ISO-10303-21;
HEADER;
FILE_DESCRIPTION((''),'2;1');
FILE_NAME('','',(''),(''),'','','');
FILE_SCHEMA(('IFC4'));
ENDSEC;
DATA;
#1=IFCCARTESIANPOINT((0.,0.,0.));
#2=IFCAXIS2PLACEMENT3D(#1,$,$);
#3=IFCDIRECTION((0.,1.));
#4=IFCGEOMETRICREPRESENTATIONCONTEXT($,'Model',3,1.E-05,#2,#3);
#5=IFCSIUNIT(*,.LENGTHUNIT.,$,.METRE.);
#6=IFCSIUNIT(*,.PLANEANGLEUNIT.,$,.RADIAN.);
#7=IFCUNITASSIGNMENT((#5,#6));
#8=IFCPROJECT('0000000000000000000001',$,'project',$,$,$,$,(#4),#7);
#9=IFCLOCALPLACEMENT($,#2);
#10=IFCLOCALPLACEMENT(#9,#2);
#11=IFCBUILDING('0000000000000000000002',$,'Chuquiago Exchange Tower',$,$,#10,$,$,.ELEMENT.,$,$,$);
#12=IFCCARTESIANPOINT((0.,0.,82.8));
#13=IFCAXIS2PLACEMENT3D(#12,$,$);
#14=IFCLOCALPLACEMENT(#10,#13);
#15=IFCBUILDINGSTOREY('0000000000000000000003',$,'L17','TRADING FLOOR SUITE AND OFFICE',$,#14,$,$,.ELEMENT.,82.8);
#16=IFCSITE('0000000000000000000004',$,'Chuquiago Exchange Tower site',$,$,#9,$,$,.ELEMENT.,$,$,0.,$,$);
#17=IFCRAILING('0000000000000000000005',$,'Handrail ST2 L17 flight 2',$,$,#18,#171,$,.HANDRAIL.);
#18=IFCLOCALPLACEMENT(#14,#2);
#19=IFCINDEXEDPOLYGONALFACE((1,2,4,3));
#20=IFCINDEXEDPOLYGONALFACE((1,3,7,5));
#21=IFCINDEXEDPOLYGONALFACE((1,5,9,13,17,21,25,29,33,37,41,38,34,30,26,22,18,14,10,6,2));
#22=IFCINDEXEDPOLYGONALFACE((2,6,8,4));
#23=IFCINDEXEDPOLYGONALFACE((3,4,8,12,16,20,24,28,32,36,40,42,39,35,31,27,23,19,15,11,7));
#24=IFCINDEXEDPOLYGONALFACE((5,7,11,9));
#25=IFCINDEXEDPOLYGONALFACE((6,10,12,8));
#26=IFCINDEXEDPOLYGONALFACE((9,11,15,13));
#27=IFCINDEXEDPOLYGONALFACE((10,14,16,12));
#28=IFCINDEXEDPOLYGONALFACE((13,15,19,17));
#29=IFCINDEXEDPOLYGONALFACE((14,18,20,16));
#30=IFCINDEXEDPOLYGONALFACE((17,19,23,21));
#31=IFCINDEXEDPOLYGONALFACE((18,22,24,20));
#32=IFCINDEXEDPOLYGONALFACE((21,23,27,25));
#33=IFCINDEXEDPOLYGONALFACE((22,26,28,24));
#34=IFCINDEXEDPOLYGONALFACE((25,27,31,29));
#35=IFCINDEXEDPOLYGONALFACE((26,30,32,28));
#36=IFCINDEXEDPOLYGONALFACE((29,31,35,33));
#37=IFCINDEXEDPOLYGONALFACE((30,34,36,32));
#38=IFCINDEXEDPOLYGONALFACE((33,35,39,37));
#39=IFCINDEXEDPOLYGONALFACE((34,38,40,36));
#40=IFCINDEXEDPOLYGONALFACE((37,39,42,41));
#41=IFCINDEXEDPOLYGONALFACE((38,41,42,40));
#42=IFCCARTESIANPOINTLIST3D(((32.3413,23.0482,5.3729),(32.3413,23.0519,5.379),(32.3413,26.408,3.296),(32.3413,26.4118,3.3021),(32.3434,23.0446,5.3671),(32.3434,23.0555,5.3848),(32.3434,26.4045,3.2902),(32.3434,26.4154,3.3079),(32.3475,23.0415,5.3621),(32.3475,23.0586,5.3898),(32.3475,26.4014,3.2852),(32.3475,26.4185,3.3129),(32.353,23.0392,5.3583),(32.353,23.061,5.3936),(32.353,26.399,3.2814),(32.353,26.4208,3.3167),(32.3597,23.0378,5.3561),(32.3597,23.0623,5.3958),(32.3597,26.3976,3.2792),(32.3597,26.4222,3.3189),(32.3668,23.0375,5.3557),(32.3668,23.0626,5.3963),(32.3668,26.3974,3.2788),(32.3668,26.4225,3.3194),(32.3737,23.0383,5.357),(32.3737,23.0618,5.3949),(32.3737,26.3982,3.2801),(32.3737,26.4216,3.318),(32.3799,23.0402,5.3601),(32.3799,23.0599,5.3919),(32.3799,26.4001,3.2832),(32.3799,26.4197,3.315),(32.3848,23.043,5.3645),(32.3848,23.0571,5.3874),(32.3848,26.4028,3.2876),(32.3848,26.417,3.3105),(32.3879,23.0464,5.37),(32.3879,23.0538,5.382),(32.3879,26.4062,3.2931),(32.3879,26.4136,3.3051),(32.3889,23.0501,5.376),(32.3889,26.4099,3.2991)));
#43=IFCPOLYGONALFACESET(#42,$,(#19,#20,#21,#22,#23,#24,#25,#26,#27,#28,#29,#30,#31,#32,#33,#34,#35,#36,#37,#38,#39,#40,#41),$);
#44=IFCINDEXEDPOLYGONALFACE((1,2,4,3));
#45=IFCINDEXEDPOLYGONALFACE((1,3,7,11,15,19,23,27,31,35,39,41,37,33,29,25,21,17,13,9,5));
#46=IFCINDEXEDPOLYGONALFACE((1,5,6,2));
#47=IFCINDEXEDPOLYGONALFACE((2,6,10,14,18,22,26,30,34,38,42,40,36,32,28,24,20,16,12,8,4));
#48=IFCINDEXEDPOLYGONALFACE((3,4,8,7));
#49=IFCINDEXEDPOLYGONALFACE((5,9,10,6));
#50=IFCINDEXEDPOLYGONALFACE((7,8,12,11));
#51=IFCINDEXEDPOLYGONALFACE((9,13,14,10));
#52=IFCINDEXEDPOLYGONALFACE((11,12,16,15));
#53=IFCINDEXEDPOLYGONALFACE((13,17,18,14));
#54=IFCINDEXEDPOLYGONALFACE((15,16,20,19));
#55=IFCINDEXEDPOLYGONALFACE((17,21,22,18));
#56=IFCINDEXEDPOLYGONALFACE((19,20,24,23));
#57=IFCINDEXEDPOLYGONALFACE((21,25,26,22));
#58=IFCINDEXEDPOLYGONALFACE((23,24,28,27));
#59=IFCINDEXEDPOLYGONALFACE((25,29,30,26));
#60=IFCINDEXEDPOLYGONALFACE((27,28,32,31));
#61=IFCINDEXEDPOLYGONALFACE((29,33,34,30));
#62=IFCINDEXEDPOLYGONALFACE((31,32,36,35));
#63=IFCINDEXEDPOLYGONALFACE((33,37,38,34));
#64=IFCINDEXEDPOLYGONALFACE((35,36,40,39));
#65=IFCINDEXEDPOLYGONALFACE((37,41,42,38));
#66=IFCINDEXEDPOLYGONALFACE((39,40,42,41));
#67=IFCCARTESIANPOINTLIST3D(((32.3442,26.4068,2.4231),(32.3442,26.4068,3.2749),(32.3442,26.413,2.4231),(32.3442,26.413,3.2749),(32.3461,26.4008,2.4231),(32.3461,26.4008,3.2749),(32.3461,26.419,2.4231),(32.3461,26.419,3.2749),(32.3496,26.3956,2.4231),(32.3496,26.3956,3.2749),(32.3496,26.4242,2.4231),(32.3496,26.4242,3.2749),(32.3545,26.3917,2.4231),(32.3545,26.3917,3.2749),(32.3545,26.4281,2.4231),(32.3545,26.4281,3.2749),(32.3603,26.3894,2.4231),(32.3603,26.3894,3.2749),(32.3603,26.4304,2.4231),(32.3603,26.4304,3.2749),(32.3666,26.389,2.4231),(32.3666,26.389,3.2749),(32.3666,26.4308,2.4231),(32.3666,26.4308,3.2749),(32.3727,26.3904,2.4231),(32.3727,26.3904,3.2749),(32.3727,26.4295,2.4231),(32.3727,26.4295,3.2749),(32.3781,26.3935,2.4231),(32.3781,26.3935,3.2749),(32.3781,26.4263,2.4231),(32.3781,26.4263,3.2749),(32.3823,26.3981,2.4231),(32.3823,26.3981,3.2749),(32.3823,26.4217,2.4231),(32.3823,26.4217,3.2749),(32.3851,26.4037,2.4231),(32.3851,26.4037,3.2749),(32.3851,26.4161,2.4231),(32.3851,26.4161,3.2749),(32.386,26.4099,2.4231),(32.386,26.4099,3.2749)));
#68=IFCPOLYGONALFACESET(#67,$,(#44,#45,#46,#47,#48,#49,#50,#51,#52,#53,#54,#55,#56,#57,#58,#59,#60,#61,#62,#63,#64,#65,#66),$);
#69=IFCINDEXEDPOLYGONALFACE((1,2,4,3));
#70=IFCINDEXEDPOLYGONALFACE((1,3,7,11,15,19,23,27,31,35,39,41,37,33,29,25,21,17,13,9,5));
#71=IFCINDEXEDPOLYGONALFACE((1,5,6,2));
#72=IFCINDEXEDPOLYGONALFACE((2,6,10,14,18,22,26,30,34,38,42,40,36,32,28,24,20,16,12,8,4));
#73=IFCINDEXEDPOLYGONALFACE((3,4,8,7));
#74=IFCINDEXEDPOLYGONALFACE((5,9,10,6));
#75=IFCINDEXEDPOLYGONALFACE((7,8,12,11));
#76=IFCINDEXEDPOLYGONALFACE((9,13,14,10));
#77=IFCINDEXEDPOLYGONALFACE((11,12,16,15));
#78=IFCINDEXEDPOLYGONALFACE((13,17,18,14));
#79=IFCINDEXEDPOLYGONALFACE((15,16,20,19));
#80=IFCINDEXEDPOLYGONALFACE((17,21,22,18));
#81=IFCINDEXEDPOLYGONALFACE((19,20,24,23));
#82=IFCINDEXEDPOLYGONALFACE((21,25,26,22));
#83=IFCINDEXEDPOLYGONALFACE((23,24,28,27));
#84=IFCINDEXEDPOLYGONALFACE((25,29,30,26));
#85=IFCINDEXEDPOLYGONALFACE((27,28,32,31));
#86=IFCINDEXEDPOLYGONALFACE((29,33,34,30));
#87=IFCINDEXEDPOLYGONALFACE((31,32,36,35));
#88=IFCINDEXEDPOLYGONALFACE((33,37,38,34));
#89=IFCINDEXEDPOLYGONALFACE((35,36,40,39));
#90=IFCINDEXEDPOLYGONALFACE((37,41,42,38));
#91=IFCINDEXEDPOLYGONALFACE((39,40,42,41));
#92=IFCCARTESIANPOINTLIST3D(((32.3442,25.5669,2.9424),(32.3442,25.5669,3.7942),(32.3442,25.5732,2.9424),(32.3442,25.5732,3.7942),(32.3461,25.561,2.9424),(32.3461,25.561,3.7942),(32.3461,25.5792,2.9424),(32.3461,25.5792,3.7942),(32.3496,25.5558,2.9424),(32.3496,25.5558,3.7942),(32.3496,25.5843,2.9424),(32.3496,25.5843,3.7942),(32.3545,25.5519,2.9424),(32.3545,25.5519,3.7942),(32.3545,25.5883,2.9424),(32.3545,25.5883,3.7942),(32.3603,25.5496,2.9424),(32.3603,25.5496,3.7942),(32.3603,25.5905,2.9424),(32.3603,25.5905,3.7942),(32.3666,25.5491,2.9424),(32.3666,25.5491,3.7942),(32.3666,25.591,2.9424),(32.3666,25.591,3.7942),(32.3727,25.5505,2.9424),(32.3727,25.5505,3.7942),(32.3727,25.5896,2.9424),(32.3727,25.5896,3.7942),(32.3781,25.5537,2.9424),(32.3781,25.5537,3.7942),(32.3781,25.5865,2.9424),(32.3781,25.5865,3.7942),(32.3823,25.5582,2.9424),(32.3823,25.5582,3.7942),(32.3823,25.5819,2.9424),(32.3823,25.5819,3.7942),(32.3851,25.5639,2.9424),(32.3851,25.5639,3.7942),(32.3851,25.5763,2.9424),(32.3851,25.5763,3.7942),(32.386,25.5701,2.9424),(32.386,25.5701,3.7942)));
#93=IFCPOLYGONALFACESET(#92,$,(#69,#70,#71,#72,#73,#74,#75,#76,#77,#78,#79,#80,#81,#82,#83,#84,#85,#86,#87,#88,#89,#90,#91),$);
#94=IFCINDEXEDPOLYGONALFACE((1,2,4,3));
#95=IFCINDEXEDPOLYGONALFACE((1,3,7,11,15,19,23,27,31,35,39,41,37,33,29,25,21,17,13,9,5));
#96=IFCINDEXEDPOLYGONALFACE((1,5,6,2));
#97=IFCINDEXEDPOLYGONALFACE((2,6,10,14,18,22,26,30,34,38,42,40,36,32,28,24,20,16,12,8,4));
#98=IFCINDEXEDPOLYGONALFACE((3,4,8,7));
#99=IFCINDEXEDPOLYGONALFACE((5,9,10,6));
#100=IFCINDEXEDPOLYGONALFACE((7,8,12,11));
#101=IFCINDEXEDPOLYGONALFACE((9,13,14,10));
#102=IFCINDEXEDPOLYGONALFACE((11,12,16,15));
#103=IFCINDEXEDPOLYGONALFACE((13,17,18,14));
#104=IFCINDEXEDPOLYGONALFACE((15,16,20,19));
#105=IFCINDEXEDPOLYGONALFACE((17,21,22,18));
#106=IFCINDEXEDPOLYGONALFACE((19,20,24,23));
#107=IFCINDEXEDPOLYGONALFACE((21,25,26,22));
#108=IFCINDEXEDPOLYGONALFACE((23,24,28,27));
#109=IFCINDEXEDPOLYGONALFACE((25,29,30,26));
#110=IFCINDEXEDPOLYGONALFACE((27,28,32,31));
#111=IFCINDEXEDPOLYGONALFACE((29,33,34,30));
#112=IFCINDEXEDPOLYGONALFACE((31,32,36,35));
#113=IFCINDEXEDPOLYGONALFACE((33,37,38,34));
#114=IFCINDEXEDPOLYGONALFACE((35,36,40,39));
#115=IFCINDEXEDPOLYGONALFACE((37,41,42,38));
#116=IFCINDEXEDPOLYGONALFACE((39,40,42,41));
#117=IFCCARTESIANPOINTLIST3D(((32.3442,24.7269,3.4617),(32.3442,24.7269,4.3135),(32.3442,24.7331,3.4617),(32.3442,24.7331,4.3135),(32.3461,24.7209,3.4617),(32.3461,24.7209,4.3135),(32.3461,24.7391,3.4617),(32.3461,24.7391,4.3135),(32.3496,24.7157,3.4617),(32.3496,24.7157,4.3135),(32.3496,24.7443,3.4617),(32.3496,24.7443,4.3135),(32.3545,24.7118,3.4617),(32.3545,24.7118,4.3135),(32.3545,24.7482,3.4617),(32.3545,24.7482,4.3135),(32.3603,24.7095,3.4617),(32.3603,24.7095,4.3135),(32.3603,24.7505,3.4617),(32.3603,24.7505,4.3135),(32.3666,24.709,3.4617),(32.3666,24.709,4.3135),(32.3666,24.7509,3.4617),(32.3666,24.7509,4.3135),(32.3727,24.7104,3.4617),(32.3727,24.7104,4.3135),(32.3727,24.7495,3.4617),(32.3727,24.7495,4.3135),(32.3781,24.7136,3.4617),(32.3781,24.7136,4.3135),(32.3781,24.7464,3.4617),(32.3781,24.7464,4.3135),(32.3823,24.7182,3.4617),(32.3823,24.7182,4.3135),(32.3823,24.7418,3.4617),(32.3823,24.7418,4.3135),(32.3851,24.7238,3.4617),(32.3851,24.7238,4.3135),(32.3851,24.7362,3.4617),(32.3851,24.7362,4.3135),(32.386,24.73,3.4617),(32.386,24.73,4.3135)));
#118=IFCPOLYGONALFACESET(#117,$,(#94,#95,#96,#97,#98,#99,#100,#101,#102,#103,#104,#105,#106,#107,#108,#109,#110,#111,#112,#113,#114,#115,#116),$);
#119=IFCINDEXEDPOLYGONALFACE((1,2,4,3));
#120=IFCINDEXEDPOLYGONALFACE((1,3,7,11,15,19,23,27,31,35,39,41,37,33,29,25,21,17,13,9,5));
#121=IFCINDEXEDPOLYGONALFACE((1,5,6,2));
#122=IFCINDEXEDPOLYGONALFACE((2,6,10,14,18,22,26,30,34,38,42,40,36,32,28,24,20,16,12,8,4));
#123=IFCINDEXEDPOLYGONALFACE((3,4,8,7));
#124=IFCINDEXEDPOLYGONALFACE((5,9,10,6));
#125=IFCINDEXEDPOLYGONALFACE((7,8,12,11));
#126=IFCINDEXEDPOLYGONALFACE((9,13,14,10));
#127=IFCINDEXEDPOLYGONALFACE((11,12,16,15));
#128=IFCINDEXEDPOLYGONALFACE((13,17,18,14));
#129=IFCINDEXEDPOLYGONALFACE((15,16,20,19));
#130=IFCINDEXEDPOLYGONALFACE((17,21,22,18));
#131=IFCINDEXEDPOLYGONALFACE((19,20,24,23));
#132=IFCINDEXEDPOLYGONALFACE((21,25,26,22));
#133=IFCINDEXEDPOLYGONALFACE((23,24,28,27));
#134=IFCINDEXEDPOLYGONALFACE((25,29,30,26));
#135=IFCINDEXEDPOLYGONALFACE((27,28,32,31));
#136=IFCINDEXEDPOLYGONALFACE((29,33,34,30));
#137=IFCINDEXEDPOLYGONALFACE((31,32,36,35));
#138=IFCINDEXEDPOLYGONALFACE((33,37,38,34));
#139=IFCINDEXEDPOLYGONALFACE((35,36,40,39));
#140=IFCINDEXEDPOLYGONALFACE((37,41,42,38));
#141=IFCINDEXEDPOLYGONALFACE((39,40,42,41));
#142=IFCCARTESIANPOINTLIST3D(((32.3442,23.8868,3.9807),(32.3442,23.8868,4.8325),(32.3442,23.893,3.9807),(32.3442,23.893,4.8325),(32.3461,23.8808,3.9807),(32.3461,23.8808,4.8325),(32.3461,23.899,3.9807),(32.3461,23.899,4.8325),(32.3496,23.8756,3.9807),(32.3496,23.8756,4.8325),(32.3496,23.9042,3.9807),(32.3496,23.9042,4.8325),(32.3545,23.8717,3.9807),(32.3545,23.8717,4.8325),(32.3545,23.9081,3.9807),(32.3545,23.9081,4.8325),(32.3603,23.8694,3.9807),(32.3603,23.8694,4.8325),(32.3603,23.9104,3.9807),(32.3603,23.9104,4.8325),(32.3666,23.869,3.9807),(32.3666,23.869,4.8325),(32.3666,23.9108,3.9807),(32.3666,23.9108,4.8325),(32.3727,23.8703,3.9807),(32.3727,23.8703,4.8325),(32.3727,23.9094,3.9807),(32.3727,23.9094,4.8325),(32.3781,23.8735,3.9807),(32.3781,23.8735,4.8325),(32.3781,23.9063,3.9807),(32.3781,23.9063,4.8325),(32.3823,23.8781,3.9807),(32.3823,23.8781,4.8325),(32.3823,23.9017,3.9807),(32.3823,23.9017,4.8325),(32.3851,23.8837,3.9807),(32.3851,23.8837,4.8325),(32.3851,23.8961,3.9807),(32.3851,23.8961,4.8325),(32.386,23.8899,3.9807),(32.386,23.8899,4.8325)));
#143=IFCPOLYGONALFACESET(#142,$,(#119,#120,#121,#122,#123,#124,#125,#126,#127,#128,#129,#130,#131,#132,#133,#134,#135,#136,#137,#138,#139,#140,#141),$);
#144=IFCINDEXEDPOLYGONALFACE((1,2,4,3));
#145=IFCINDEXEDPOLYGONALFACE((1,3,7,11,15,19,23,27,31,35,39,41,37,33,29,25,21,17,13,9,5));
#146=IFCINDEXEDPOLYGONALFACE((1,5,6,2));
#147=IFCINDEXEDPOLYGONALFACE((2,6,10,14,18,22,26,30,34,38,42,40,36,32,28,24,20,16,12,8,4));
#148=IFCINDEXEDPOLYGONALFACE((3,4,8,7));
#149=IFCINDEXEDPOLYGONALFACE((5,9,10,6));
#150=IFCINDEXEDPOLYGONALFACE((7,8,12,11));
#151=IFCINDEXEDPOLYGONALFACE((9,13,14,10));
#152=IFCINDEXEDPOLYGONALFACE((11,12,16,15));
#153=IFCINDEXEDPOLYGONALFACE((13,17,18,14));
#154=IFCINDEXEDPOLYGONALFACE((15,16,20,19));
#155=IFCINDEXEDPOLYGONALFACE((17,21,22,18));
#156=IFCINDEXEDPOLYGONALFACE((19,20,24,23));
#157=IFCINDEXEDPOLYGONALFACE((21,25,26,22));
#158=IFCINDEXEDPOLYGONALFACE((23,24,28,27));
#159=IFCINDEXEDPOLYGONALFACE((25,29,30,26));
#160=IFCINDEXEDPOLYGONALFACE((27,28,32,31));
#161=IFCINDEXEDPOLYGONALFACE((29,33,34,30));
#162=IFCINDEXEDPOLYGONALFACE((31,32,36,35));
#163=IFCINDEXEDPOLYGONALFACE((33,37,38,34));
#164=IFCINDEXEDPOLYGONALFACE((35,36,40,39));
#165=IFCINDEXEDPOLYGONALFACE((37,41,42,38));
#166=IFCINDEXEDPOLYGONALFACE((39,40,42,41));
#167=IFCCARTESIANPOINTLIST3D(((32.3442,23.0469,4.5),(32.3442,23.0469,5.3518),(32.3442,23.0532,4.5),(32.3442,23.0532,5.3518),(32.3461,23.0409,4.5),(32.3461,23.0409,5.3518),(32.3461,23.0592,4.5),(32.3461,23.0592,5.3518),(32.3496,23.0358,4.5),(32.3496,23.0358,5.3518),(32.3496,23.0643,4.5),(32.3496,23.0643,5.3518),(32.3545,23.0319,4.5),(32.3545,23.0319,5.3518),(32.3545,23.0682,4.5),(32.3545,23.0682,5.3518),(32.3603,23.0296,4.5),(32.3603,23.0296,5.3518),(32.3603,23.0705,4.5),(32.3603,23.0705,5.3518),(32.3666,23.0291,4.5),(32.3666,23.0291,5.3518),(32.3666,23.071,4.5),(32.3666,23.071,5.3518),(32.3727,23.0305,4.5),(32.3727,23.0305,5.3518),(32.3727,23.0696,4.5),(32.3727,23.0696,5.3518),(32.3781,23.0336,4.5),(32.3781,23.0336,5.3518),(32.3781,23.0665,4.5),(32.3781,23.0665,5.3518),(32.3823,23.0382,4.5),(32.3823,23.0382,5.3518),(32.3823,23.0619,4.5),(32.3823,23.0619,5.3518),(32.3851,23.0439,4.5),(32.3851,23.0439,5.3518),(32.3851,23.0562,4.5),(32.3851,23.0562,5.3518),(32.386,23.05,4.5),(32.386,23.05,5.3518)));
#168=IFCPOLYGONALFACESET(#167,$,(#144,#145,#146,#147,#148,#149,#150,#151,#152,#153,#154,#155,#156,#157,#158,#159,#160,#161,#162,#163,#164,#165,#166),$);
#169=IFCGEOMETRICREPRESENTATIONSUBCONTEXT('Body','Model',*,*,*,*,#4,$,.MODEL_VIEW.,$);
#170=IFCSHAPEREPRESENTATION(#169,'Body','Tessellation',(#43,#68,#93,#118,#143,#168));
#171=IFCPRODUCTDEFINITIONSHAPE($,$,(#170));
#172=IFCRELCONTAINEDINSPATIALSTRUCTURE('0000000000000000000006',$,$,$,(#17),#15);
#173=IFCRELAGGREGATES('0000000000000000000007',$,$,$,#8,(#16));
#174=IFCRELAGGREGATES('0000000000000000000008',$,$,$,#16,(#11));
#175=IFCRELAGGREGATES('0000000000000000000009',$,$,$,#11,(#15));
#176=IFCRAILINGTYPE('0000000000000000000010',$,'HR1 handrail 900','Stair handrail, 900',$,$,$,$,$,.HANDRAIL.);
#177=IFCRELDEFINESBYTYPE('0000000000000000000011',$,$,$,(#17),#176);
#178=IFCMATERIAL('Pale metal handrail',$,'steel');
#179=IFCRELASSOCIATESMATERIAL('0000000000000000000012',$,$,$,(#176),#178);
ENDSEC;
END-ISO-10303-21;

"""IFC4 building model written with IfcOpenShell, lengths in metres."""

from ifc_helpers import new_model, si_unit, direction, frame, origin, origin_2d, place, context, subcontext, project, spatial, circle, extrude, material, type_object, element, save


model = new_model("IFC4")

# Units and contexts
model_context = context("Model", 3, precision=1e-05, world=origin(), true_north=direction((0.0, 1.0)))
body_context = subcontext(model_context, "Body", "Model", "MODEL_VIEW")
ifc_project = project(units=[si_unit("LENGTHUNIT", "METRE"), si_unit("PLANEANGLEUNIT", "RADIAN")], contexts=[model_context])

# Site, building, storey
site_placement = place(None, origin())
site = spatial("IfcSite", under=ifc_project, at=site_placement, Name="Chuquiago Exchange Tower site", CompositionType="ELEMENT", RefElevation=0.0)
building_placement = place(site_placement, origin())
building = spatial("IfcBuilding", under=site, at=building_placement, Name="Chuquiago Exchange Tower", CompositionType="ELEMENT")
storey_placement = place(building_placement, frame((0.0, 0.0, 82.8)))
storey = spatial("IfcBuildingStorey", under=building, at=storey_placement, Name="L17", Description="TRADING FLOOR SUITE AND OFFICE", CompositionType="ELEMENT", Elevation=82.8)

# Railing
ifc_material_1 = material(Name="Pale metal handrail", Category="steel")
railing_type_1 = type_object("IfcRailingType", Name="HR1 handrail 900", Description="Stair handrail, 900", PredefinedType="HANDRAIL", material=ifc_material_1)
for number, where, name in (
    (1, (32.365, 26.4099, 2.4231), "Handrail ST2 L17 flight 2"),
):
    element("IfcRailing", number, at=place(storey_placement, frame(where)), inside=storey, type_object=railing_type_1, Name=name, PredefinedType="HANDRAIL", context=body_context, shape_type="SweptSolid", body=[
        extrude(circle(Radius=0.0239, at=origin_2d()), frame((0.0, 0.0, 0.876), z_axis=(0.0, -0.850606, 0.525803), x_axis=(1.0, 0.0, 0.0)), (0.0, 0.0, 1.0), 3.95),
        extrude(circle(Radius=0.021, at=origin_2d()), origin(), (0.0, 0.0, 1.0), 0.8518),
        extrude(circle(Radius=0.021, at=origin_2d()), frame((0.0, -0.8398, 0.5193)), (0.0, 0.0, 1.0), 0.8518),
        extrude(circle(Radius=0.021, at=origin_2d()), frame((0.0, -1.6799, 1.0386)), (0.0, 0.0, 1.0), 0.8518),
        extrude(circle(Radius=0.021, at=origin_2d()), frame((0.0, -2.52, 1.5576)), (0.0, 0.0, 1.0), 0.8518),
        extrude(circle(Radius=0.021, at=origin_2d()), frame((0.0, -3.3599, 2.0769)), (0.0, 0.0, 1.0), 0.8518),
    ])

save(model, "model.ifc")
